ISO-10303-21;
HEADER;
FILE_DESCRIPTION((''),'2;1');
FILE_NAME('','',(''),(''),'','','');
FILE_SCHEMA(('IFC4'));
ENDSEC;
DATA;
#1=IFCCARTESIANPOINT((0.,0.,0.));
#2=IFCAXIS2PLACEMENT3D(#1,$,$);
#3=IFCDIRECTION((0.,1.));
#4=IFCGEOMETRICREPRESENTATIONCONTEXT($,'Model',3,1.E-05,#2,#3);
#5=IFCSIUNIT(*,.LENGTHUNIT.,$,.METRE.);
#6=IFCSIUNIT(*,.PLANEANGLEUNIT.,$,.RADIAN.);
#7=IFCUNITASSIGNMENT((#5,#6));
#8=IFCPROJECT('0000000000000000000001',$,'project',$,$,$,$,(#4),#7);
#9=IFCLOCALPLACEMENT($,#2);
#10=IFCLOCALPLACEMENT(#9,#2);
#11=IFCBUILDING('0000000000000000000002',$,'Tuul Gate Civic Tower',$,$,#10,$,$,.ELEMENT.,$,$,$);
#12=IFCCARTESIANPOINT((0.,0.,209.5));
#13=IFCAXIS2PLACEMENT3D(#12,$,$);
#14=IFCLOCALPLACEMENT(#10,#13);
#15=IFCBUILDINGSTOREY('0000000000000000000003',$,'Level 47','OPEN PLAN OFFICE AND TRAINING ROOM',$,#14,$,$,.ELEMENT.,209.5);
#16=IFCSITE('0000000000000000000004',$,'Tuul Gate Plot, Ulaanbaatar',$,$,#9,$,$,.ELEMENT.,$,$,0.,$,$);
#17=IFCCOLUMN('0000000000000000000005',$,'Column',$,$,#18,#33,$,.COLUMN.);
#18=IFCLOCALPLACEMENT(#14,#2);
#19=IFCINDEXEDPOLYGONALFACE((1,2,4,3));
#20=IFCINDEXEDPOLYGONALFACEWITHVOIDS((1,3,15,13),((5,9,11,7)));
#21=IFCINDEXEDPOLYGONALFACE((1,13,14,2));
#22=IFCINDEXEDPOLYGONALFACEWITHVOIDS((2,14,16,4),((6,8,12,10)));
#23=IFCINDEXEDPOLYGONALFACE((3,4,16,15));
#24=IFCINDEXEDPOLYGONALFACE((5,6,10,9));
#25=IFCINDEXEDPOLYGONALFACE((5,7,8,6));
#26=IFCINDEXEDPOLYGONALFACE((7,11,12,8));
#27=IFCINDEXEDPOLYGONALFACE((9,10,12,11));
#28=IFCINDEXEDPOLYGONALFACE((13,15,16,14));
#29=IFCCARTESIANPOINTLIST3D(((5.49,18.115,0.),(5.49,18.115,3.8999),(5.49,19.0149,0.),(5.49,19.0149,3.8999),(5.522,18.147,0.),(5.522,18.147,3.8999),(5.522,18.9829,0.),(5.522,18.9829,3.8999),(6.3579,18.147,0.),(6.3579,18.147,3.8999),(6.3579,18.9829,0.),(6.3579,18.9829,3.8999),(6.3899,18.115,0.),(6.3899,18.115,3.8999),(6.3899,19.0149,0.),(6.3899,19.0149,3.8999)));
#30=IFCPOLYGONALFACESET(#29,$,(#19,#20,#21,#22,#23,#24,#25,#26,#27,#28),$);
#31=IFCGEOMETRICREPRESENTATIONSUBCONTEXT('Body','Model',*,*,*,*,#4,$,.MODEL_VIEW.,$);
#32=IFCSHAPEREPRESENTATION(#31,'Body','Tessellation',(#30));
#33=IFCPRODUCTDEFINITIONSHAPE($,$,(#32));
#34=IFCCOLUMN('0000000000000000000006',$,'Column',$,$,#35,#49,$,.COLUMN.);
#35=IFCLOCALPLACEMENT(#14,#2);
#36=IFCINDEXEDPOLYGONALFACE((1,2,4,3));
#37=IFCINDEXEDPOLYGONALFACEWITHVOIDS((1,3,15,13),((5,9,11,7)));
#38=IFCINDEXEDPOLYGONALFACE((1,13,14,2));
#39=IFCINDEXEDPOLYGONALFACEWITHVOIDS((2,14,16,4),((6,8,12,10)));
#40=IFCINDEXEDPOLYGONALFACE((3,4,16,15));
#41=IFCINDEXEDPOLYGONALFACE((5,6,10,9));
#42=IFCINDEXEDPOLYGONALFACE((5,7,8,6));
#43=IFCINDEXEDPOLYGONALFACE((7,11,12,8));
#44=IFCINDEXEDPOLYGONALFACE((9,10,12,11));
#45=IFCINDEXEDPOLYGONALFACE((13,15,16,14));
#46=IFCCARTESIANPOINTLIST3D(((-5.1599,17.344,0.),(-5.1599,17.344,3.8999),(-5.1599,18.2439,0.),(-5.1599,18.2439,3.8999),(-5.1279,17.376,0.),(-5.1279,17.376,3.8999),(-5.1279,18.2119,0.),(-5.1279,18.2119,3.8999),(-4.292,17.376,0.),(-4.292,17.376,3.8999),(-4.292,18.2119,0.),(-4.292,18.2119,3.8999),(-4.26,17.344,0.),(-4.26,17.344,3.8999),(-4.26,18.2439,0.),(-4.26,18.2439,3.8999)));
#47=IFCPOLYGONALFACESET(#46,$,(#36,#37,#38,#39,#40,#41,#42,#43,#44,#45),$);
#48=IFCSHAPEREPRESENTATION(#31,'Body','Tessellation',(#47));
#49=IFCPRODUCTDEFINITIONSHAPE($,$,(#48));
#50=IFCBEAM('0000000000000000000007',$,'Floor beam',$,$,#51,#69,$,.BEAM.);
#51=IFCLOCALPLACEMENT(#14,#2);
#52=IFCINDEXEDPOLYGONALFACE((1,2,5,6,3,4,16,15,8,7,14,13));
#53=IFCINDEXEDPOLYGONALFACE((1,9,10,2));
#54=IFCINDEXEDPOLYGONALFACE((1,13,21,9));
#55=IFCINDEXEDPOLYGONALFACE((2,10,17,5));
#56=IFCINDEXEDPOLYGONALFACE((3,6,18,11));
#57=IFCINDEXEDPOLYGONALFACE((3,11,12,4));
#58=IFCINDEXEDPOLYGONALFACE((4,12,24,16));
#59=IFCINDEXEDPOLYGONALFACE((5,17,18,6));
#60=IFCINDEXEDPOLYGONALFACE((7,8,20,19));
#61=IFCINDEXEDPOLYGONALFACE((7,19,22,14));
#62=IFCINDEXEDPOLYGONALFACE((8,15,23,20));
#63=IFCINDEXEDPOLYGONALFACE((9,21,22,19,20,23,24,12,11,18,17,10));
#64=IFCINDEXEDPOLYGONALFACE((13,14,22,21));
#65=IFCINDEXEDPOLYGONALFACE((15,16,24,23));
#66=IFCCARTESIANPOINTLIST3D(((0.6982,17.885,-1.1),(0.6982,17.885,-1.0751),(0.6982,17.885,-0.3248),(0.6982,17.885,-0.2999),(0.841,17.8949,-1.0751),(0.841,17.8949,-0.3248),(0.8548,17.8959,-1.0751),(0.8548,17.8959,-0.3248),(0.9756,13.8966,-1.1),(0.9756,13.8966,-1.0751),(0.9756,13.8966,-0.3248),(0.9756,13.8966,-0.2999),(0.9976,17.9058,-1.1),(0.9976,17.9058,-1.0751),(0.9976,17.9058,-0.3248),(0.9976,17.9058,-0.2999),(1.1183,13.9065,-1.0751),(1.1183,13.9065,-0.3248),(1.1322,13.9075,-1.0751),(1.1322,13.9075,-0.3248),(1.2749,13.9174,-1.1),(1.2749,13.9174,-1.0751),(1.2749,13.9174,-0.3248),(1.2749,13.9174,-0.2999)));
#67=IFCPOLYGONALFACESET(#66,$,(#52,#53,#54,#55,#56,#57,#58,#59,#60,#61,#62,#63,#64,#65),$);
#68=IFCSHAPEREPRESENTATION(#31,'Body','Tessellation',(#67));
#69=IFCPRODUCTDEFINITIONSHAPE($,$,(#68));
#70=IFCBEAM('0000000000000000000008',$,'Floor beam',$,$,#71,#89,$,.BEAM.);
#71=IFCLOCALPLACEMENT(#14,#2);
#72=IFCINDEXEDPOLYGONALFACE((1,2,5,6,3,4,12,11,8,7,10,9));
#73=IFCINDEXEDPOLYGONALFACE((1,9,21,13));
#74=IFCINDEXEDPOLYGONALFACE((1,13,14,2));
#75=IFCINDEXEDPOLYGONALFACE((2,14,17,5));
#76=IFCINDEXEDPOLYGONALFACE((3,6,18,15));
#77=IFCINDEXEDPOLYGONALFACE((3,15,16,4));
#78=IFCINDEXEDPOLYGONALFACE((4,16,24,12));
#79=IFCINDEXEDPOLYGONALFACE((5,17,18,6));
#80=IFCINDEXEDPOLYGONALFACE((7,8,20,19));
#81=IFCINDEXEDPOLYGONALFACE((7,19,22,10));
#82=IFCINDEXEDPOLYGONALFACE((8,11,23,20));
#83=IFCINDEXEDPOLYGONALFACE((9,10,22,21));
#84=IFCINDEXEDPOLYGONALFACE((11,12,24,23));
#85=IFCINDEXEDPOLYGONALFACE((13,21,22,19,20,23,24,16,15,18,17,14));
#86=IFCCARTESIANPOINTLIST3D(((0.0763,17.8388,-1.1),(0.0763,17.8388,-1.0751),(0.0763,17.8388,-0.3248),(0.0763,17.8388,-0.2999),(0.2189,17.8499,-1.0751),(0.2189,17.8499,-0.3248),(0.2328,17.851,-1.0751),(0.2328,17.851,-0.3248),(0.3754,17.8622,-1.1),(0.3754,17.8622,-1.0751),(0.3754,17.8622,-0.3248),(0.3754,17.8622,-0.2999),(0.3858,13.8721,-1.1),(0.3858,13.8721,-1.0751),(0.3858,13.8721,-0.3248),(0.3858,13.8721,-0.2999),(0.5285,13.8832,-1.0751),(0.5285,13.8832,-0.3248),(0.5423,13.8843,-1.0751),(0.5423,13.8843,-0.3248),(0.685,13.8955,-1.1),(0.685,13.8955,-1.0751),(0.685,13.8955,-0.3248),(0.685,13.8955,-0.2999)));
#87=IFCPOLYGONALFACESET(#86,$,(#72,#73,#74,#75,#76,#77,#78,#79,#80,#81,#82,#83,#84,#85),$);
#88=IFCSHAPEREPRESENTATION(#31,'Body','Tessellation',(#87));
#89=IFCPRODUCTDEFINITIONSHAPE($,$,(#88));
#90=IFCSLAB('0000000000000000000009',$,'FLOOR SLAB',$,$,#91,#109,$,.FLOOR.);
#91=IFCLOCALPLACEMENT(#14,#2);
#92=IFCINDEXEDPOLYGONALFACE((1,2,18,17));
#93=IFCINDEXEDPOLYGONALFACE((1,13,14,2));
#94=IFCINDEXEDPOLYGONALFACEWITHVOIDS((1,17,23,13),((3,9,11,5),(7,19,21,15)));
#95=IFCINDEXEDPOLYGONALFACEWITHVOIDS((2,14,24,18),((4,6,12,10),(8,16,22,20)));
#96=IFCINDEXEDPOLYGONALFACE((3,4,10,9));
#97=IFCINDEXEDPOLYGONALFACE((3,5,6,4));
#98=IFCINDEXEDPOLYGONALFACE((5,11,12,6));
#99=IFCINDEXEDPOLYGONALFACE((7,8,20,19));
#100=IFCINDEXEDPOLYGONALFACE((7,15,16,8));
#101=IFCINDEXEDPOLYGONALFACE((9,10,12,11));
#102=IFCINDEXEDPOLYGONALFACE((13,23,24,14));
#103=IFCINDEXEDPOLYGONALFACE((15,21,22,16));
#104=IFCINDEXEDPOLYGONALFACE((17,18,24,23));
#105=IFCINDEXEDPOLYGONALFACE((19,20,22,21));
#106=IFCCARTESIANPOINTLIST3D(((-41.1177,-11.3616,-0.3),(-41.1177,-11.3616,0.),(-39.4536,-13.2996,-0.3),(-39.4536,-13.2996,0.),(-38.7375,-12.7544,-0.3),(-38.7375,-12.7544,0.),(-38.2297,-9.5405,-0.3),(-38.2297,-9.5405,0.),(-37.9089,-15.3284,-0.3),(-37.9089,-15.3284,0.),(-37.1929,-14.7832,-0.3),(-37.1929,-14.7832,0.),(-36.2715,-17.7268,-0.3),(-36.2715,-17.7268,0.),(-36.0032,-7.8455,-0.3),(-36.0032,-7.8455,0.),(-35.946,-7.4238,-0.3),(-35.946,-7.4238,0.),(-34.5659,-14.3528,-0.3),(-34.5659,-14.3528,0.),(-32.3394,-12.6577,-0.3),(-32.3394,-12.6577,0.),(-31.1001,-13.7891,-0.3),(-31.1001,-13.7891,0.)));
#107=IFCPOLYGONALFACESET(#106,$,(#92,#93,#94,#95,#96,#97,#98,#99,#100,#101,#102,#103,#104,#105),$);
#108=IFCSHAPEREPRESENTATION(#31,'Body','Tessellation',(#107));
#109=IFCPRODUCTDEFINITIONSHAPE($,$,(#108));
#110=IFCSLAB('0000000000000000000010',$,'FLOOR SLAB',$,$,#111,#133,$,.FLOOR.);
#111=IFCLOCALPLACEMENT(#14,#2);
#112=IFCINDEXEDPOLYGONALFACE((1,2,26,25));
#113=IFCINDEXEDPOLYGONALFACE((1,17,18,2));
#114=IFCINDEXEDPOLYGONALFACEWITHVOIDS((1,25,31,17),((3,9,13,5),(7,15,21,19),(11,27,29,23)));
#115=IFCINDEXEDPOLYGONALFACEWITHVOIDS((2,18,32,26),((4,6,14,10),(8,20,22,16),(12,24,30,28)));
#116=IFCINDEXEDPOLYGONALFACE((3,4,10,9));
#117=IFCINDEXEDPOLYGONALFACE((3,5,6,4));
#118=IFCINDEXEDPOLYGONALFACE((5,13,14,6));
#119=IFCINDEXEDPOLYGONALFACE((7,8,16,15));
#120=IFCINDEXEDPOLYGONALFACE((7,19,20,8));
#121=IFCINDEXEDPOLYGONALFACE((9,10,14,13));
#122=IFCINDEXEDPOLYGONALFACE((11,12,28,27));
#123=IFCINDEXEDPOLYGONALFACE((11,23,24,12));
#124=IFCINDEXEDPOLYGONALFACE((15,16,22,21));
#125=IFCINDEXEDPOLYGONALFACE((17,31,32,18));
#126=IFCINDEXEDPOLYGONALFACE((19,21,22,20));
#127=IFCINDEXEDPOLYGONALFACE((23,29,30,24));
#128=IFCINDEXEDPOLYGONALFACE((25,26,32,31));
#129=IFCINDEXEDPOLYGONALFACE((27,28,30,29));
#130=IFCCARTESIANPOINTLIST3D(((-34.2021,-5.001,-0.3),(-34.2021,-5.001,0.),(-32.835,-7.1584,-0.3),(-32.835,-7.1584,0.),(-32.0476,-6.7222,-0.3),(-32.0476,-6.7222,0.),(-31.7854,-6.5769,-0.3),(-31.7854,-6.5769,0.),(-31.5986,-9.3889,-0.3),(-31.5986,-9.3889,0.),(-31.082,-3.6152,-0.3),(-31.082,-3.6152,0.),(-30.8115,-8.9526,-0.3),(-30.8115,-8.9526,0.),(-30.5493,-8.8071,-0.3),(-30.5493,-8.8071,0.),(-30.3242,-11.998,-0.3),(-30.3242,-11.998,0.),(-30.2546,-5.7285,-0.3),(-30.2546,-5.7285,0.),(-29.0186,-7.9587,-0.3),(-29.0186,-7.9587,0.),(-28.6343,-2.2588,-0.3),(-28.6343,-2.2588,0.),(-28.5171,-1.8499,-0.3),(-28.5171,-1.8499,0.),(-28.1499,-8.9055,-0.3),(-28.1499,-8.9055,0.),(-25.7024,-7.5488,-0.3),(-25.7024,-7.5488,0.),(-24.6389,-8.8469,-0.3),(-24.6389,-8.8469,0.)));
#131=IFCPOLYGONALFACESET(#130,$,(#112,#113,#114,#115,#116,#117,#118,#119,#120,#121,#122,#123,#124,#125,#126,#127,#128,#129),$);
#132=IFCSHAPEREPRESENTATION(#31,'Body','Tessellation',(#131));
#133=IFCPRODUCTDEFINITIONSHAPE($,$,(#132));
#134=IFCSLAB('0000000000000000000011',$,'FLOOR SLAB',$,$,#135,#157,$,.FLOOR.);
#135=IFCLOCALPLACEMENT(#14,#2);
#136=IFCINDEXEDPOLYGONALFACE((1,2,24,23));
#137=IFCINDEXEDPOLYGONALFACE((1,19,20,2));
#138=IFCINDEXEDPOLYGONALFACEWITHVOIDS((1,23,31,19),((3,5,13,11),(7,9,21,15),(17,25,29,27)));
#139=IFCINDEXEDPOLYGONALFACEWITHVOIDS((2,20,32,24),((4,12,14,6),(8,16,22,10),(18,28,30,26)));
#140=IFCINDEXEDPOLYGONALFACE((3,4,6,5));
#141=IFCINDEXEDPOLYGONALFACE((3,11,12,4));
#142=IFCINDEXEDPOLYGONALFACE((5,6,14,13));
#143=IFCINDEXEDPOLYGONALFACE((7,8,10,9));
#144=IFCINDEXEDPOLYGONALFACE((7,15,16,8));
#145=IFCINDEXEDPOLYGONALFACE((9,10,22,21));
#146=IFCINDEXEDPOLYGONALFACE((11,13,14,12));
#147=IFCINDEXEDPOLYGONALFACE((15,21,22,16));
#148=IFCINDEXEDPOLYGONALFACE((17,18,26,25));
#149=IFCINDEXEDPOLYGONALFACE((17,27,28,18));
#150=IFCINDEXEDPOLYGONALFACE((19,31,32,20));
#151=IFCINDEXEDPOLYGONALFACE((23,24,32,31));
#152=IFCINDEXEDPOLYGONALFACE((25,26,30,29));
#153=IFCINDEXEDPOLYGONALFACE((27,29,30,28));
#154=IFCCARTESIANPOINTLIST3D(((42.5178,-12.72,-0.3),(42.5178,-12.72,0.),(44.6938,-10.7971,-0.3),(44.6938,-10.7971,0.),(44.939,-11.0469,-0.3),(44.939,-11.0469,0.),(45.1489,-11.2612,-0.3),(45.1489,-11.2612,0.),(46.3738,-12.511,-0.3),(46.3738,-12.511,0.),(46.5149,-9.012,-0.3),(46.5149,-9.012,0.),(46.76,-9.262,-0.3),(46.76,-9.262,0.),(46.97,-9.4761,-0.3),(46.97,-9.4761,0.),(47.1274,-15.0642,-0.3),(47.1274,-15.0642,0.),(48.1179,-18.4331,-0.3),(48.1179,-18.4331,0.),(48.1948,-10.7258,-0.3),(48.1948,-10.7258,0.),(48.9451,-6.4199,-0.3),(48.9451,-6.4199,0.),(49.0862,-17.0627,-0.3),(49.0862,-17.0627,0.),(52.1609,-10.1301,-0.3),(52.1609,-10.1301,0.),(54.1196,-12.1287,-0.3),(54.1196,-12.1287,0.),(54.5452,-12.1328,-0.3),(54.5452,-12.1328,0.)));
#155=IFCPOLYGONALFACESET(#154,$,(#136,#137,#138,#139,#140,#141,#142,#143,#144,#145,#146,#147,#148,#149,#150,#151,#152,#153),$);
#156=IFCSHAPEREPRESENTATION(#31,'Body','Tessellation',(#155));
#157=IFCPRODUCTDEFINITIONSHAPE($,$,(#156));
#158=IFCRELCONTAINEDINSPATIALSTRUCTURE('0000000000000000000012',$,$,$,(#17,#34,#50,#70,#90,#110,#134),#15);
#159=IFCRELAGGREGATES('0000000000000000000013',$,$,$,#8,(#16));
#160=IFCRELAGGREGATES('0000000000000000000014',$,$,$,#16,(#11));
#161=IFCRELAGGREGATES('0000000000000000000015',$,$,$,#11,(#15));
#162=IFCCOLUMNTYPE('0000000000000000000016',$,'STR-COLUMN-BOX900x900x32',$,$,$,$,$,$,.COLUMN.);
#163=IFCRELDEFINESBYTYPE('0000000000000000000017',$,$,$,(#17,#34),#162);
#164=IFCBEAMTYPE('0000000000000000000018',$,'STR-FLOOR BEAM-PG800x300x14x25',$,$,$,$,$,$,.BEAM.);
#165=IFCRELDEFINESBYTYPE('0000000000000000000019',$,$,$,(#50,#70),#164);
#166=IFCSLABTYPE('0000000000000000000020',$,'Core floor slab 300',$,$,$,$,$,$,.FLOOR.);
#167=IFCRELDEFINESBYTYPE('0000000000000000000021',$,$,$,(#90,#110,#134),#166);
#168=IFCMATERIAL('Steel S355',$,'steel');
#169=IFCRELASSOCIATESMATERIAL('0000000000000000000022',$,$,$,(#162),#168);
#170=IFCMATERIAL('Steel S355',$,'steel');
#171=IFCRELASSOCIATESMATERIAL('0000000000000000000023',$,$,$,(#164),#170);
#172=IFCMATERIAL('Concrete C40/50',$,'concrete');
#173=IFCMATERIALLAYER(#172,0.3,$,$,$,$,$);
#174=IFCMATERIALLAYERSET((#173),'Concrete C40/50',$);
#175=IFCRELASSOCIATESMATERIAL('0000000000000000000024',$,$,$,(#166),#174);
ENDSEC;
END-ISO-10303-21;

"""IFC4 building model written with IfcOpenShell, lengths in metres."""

from ifc_helpers import new_model, si_unit, direction, frame, origin, origin_2d, place, context, subcontext, project, spatial, polyline, hollow_rectangle, i_section, outline, extrude, material, layer, layer_set, material_profile, profile_set, type_object, element, save


model = new_model("IFC4")

# Units and contexts
model_context = context("Model", 3, precision=1e-05, world=origin(), true_north=direction((0.0, 1.0)))
body_context = subcontext(model_context, "Body", "Model", "MODEL_VIEW")
ifc_project = project(units=[si_unit("LENGTHUNIT", "METRE"), si_unit("PLANEANGLEUNIT", "RADIAN")], contexts=[model_context])

# Site, building, storey
site_placement = place(None, origin())
site = spatial("IfcSite", under=ifc_project, at=site_placement, Name="Tuul Gate Plot, Ulaanbaatar", CompositionType="ELEMENT", RefElevation=0.0)
building_placement = place(site_placement, origin())
building = spatial("IfcBuilding", under=site, at=building_placement, Name="Tuul Gate Civic Tower", CompositionType="ELEMENT")
storey_placement = place(building_placement, frame((0.0, 0.0, 209.5)))
storey = spatial("IfcBuildingStorey", under=building, at=storey_placement, Name="Level 47", Description="OPEN PLAN OFFICE AND TRAINING ROOM", CompositionType="ELEMENT", Elevation=209.5)

# Columns
ifc_material_1 = material(Name="Steel S355", Category="steel")
ifc_material_profile_1 = material_profile(ifc_material_1, hollow_rectangle(XDim=0.8999, YDim=0.8999, WallThickness=0.032, at=origin_2d()), Name="BOX900x900x32")
ifc_profile_set_1 = profile_set([ifc_material_profile_1], Name="Steel S355")
column_type = type_object("IfcColumnType", Name="STR-COLUMN-BOX900x900x32", PredefinedType="COLUMN", material=ifc_profile_set_1)
for number, where, z_axis, x_axis, name in (
    (1, (5.9399, 18.5649, 0.0), (0.0, 0.0, 1.0), (1.0, 0.0, 0.0), "Column"),
    (2, (-4.71, 17.7939, 0.0), (0.0, 0.0, 1.0), (1.0, 0.0, 0.0), "Column"),
):
    element("IfcColumn", number, at=place(storey_placement, frame(where, z_axis=z_axis, x_axis=x_axis)), inside=storey, type_object=column_type, Name=name, PredefinedType="COLUMN", context=body_context, shape_type="SweptSolid", body=[
        extrude(hollow_rectangle(XDim=0.8999, YDim=0.8999, WallThickness=0.032, at=origin_2d()), origin(), (0.0, 0.0, 1.0), 3.8999),
    ])

# Beams
ifc_material_2 = material(Name="Steel S355", Category="steel")
ifc_material_profile_2 = material_profile(ifc_material_2, i_section(OverallWidth=0.3, OverallDepth=0.8, WebThickness=0.0139, FlangeThickness=0.0249, at=origin_2d()), Name="PG800x300x14x25")
ifc_profile_set_2 = profile_set([ifc_material_profile_2], Name="Steel S355")
beam_type = type_object("IfcBeamType", Name="STR-FLOOR BEAM-PG800x300x14x25", PredefinedType="BEAM", material=ifc_profile_set_2)
beam_1_placement = place(storey_placement, frame((1.1252, 13.907, -0.7), z_axis=(-0.069368, 0.997591, 0.0), x_axis=(-0.997591, -0.069368, 0.0)))
element("IfcBeam", 3, at=beam_1_placement, inside=storey, type_object=beam_type, Name="Floor beam", PredefinedType="BEAM", context=body_context, shape_type="SweptSolid", body=[
    extrude(i_section(OverallWidth=0.3, OverallDepth=0.8, WebThickness=0.0139, FlangeThickness=0.0249, at=origin_2d()), origin(), (0.0, 0.0, 1.0), 3.998),
])
beam_2_placement = place(storey_placement, frame((0.5354, 13.8838, -0.7), z_axis=(-0.077804, 0.996969, 0.0), x_axis=(-0.996969, -0.077804, 0.0)))
element("IfcBeam", 4, at=beam_2_placement, inside=storey, type_object=beam_type, Name="Floor beam", PredefinedType="BEAM", context=body_context, shape_type="SweptSolid", body=[
    extrude(i_section(OverallWidth=0.3, OverallDepth=0.8, WebThickness=0.0139, FlangeThickness=0.0249, at=origin_2d()), origin(), (0.0, 0.0, 1.0), 3.9788),
])

# Slabs
ifc_material_3 = material(Name="Concrete C40/50", Category="concrete")
ifc_layer_1 = layer(ifc_material_3, 0.3)
ifc_layer_set_1 = layer_set([ifc_layer_1], Name="Concrete C40/50")
slab_type_1 = type_object("IfcSlabType", Name="Core floor slab 300", PredefinedType="FLOOR", material=ifc_layer_set_1)
slab_1_placement = place(storey_placement, frame((0.0, 0.0, -0.3)))
element("IfcSlab", 5, at=slab_1_placement, inside=storey, type_object=slab_type_1, Name="FLOOR SLAB", PredefinedType="FLOOR", context=body_context, shape_type="SweptSolid", body=[
    extrude(outline(polyline([(-31.1001, -13.7891), (-35.946, -7.4238), (-41.1177, -11.3616), (-36.2715, -17.7268), (-31.1001, -13.7891)]), holes=[polyline([(-37.1929, -14.7832), (-38.7375, -12.7544), (-39.4536, -13.2996), (-37.9089, -15.3284), (-37.1929, -14.7832)]), polyline([(-32.3394, -12.6577), (-34.5659, -14.3528), (-38.2297, -9.5405), (-36.0032, -7.8455), (-32.3394, -12.6577)])]), origin(), (0.0, 0.0, 1.0), 0.3),
])
slab_2_placement = place(storey_placement, frame((0.0, 0.0, -0.3)))
element("IfcSlab", 6, at=slab_2_placement, inside=storey, type_object=slab_type_1, Name="FLOOR SLAB", PredefinedType="FLOOR", context=body_context, shape_type="SweptSolid", body=[
    extrude(outline(polyline([(-24.6389, -8.8469), (-28.5171, -1.8499), (-34.2021, -5.001), (-30.3242, -11.998), (-24.6389, -8.8469)]), holes=[polyline([(-29.0186, -7.9587), (-30.2546, -5.7285), (-31.7854, -6.5769), (-30.5493, -8.8071), (-29.0186, -7.9587)]), polyline([(-30.8115, -8.9526), (-32.0476, -6.7222), (-32.835, -7.1584), (-31.5986, -9.3889), (-30.8115, -8.9526)]), polyline([(-25.7024, -7.5488), (-28.1499, -8.9055), (-31.082, -3.6152), (-28.6343, -2.2588), (-25.7024, -7.5488)])]), origin(), (0.0, 0.0, 1.0), 0.3),
])
slab_3_placement = place(storey_placement, frame((0.0, 0.0, -0.3)))
element("IfcSlab", 7, at=slab_3_placement, inside=storey, type_object=slab_type_1, Name="FLOOR SLAB", PredefinedType="FLOOR", context=body_context, shape_type="SweptSolid", body=[
    extrude(outline(polyline([(48.1179, -18.4331), (54.5452, -12.1328), (48.9451, -6.4199), (42.5178, -12.72), (48.1179, -18.4331)]), holes=[polyline([(46.3738, -12.511), (48.1948, -10.7258), (46.97, -9.4761), (45.1489, -11.2612), (46.3738, -12.511)]), polyline([(44.939, -11.0469), (46.76, -9.262), (46.5149, -9.012), (44.6938, -10.7971), (44.939, -11.0469)]), polyline([(49.0862, -17.0627), (47.1274, -15.0642), (52.1609, -10.1301), (54.1196, -12.1287), (49.0862, -17.0627)])]), origin(), (0.0, 0.0, 1.0), 0.3),
])

save(model, "model.ifc")
